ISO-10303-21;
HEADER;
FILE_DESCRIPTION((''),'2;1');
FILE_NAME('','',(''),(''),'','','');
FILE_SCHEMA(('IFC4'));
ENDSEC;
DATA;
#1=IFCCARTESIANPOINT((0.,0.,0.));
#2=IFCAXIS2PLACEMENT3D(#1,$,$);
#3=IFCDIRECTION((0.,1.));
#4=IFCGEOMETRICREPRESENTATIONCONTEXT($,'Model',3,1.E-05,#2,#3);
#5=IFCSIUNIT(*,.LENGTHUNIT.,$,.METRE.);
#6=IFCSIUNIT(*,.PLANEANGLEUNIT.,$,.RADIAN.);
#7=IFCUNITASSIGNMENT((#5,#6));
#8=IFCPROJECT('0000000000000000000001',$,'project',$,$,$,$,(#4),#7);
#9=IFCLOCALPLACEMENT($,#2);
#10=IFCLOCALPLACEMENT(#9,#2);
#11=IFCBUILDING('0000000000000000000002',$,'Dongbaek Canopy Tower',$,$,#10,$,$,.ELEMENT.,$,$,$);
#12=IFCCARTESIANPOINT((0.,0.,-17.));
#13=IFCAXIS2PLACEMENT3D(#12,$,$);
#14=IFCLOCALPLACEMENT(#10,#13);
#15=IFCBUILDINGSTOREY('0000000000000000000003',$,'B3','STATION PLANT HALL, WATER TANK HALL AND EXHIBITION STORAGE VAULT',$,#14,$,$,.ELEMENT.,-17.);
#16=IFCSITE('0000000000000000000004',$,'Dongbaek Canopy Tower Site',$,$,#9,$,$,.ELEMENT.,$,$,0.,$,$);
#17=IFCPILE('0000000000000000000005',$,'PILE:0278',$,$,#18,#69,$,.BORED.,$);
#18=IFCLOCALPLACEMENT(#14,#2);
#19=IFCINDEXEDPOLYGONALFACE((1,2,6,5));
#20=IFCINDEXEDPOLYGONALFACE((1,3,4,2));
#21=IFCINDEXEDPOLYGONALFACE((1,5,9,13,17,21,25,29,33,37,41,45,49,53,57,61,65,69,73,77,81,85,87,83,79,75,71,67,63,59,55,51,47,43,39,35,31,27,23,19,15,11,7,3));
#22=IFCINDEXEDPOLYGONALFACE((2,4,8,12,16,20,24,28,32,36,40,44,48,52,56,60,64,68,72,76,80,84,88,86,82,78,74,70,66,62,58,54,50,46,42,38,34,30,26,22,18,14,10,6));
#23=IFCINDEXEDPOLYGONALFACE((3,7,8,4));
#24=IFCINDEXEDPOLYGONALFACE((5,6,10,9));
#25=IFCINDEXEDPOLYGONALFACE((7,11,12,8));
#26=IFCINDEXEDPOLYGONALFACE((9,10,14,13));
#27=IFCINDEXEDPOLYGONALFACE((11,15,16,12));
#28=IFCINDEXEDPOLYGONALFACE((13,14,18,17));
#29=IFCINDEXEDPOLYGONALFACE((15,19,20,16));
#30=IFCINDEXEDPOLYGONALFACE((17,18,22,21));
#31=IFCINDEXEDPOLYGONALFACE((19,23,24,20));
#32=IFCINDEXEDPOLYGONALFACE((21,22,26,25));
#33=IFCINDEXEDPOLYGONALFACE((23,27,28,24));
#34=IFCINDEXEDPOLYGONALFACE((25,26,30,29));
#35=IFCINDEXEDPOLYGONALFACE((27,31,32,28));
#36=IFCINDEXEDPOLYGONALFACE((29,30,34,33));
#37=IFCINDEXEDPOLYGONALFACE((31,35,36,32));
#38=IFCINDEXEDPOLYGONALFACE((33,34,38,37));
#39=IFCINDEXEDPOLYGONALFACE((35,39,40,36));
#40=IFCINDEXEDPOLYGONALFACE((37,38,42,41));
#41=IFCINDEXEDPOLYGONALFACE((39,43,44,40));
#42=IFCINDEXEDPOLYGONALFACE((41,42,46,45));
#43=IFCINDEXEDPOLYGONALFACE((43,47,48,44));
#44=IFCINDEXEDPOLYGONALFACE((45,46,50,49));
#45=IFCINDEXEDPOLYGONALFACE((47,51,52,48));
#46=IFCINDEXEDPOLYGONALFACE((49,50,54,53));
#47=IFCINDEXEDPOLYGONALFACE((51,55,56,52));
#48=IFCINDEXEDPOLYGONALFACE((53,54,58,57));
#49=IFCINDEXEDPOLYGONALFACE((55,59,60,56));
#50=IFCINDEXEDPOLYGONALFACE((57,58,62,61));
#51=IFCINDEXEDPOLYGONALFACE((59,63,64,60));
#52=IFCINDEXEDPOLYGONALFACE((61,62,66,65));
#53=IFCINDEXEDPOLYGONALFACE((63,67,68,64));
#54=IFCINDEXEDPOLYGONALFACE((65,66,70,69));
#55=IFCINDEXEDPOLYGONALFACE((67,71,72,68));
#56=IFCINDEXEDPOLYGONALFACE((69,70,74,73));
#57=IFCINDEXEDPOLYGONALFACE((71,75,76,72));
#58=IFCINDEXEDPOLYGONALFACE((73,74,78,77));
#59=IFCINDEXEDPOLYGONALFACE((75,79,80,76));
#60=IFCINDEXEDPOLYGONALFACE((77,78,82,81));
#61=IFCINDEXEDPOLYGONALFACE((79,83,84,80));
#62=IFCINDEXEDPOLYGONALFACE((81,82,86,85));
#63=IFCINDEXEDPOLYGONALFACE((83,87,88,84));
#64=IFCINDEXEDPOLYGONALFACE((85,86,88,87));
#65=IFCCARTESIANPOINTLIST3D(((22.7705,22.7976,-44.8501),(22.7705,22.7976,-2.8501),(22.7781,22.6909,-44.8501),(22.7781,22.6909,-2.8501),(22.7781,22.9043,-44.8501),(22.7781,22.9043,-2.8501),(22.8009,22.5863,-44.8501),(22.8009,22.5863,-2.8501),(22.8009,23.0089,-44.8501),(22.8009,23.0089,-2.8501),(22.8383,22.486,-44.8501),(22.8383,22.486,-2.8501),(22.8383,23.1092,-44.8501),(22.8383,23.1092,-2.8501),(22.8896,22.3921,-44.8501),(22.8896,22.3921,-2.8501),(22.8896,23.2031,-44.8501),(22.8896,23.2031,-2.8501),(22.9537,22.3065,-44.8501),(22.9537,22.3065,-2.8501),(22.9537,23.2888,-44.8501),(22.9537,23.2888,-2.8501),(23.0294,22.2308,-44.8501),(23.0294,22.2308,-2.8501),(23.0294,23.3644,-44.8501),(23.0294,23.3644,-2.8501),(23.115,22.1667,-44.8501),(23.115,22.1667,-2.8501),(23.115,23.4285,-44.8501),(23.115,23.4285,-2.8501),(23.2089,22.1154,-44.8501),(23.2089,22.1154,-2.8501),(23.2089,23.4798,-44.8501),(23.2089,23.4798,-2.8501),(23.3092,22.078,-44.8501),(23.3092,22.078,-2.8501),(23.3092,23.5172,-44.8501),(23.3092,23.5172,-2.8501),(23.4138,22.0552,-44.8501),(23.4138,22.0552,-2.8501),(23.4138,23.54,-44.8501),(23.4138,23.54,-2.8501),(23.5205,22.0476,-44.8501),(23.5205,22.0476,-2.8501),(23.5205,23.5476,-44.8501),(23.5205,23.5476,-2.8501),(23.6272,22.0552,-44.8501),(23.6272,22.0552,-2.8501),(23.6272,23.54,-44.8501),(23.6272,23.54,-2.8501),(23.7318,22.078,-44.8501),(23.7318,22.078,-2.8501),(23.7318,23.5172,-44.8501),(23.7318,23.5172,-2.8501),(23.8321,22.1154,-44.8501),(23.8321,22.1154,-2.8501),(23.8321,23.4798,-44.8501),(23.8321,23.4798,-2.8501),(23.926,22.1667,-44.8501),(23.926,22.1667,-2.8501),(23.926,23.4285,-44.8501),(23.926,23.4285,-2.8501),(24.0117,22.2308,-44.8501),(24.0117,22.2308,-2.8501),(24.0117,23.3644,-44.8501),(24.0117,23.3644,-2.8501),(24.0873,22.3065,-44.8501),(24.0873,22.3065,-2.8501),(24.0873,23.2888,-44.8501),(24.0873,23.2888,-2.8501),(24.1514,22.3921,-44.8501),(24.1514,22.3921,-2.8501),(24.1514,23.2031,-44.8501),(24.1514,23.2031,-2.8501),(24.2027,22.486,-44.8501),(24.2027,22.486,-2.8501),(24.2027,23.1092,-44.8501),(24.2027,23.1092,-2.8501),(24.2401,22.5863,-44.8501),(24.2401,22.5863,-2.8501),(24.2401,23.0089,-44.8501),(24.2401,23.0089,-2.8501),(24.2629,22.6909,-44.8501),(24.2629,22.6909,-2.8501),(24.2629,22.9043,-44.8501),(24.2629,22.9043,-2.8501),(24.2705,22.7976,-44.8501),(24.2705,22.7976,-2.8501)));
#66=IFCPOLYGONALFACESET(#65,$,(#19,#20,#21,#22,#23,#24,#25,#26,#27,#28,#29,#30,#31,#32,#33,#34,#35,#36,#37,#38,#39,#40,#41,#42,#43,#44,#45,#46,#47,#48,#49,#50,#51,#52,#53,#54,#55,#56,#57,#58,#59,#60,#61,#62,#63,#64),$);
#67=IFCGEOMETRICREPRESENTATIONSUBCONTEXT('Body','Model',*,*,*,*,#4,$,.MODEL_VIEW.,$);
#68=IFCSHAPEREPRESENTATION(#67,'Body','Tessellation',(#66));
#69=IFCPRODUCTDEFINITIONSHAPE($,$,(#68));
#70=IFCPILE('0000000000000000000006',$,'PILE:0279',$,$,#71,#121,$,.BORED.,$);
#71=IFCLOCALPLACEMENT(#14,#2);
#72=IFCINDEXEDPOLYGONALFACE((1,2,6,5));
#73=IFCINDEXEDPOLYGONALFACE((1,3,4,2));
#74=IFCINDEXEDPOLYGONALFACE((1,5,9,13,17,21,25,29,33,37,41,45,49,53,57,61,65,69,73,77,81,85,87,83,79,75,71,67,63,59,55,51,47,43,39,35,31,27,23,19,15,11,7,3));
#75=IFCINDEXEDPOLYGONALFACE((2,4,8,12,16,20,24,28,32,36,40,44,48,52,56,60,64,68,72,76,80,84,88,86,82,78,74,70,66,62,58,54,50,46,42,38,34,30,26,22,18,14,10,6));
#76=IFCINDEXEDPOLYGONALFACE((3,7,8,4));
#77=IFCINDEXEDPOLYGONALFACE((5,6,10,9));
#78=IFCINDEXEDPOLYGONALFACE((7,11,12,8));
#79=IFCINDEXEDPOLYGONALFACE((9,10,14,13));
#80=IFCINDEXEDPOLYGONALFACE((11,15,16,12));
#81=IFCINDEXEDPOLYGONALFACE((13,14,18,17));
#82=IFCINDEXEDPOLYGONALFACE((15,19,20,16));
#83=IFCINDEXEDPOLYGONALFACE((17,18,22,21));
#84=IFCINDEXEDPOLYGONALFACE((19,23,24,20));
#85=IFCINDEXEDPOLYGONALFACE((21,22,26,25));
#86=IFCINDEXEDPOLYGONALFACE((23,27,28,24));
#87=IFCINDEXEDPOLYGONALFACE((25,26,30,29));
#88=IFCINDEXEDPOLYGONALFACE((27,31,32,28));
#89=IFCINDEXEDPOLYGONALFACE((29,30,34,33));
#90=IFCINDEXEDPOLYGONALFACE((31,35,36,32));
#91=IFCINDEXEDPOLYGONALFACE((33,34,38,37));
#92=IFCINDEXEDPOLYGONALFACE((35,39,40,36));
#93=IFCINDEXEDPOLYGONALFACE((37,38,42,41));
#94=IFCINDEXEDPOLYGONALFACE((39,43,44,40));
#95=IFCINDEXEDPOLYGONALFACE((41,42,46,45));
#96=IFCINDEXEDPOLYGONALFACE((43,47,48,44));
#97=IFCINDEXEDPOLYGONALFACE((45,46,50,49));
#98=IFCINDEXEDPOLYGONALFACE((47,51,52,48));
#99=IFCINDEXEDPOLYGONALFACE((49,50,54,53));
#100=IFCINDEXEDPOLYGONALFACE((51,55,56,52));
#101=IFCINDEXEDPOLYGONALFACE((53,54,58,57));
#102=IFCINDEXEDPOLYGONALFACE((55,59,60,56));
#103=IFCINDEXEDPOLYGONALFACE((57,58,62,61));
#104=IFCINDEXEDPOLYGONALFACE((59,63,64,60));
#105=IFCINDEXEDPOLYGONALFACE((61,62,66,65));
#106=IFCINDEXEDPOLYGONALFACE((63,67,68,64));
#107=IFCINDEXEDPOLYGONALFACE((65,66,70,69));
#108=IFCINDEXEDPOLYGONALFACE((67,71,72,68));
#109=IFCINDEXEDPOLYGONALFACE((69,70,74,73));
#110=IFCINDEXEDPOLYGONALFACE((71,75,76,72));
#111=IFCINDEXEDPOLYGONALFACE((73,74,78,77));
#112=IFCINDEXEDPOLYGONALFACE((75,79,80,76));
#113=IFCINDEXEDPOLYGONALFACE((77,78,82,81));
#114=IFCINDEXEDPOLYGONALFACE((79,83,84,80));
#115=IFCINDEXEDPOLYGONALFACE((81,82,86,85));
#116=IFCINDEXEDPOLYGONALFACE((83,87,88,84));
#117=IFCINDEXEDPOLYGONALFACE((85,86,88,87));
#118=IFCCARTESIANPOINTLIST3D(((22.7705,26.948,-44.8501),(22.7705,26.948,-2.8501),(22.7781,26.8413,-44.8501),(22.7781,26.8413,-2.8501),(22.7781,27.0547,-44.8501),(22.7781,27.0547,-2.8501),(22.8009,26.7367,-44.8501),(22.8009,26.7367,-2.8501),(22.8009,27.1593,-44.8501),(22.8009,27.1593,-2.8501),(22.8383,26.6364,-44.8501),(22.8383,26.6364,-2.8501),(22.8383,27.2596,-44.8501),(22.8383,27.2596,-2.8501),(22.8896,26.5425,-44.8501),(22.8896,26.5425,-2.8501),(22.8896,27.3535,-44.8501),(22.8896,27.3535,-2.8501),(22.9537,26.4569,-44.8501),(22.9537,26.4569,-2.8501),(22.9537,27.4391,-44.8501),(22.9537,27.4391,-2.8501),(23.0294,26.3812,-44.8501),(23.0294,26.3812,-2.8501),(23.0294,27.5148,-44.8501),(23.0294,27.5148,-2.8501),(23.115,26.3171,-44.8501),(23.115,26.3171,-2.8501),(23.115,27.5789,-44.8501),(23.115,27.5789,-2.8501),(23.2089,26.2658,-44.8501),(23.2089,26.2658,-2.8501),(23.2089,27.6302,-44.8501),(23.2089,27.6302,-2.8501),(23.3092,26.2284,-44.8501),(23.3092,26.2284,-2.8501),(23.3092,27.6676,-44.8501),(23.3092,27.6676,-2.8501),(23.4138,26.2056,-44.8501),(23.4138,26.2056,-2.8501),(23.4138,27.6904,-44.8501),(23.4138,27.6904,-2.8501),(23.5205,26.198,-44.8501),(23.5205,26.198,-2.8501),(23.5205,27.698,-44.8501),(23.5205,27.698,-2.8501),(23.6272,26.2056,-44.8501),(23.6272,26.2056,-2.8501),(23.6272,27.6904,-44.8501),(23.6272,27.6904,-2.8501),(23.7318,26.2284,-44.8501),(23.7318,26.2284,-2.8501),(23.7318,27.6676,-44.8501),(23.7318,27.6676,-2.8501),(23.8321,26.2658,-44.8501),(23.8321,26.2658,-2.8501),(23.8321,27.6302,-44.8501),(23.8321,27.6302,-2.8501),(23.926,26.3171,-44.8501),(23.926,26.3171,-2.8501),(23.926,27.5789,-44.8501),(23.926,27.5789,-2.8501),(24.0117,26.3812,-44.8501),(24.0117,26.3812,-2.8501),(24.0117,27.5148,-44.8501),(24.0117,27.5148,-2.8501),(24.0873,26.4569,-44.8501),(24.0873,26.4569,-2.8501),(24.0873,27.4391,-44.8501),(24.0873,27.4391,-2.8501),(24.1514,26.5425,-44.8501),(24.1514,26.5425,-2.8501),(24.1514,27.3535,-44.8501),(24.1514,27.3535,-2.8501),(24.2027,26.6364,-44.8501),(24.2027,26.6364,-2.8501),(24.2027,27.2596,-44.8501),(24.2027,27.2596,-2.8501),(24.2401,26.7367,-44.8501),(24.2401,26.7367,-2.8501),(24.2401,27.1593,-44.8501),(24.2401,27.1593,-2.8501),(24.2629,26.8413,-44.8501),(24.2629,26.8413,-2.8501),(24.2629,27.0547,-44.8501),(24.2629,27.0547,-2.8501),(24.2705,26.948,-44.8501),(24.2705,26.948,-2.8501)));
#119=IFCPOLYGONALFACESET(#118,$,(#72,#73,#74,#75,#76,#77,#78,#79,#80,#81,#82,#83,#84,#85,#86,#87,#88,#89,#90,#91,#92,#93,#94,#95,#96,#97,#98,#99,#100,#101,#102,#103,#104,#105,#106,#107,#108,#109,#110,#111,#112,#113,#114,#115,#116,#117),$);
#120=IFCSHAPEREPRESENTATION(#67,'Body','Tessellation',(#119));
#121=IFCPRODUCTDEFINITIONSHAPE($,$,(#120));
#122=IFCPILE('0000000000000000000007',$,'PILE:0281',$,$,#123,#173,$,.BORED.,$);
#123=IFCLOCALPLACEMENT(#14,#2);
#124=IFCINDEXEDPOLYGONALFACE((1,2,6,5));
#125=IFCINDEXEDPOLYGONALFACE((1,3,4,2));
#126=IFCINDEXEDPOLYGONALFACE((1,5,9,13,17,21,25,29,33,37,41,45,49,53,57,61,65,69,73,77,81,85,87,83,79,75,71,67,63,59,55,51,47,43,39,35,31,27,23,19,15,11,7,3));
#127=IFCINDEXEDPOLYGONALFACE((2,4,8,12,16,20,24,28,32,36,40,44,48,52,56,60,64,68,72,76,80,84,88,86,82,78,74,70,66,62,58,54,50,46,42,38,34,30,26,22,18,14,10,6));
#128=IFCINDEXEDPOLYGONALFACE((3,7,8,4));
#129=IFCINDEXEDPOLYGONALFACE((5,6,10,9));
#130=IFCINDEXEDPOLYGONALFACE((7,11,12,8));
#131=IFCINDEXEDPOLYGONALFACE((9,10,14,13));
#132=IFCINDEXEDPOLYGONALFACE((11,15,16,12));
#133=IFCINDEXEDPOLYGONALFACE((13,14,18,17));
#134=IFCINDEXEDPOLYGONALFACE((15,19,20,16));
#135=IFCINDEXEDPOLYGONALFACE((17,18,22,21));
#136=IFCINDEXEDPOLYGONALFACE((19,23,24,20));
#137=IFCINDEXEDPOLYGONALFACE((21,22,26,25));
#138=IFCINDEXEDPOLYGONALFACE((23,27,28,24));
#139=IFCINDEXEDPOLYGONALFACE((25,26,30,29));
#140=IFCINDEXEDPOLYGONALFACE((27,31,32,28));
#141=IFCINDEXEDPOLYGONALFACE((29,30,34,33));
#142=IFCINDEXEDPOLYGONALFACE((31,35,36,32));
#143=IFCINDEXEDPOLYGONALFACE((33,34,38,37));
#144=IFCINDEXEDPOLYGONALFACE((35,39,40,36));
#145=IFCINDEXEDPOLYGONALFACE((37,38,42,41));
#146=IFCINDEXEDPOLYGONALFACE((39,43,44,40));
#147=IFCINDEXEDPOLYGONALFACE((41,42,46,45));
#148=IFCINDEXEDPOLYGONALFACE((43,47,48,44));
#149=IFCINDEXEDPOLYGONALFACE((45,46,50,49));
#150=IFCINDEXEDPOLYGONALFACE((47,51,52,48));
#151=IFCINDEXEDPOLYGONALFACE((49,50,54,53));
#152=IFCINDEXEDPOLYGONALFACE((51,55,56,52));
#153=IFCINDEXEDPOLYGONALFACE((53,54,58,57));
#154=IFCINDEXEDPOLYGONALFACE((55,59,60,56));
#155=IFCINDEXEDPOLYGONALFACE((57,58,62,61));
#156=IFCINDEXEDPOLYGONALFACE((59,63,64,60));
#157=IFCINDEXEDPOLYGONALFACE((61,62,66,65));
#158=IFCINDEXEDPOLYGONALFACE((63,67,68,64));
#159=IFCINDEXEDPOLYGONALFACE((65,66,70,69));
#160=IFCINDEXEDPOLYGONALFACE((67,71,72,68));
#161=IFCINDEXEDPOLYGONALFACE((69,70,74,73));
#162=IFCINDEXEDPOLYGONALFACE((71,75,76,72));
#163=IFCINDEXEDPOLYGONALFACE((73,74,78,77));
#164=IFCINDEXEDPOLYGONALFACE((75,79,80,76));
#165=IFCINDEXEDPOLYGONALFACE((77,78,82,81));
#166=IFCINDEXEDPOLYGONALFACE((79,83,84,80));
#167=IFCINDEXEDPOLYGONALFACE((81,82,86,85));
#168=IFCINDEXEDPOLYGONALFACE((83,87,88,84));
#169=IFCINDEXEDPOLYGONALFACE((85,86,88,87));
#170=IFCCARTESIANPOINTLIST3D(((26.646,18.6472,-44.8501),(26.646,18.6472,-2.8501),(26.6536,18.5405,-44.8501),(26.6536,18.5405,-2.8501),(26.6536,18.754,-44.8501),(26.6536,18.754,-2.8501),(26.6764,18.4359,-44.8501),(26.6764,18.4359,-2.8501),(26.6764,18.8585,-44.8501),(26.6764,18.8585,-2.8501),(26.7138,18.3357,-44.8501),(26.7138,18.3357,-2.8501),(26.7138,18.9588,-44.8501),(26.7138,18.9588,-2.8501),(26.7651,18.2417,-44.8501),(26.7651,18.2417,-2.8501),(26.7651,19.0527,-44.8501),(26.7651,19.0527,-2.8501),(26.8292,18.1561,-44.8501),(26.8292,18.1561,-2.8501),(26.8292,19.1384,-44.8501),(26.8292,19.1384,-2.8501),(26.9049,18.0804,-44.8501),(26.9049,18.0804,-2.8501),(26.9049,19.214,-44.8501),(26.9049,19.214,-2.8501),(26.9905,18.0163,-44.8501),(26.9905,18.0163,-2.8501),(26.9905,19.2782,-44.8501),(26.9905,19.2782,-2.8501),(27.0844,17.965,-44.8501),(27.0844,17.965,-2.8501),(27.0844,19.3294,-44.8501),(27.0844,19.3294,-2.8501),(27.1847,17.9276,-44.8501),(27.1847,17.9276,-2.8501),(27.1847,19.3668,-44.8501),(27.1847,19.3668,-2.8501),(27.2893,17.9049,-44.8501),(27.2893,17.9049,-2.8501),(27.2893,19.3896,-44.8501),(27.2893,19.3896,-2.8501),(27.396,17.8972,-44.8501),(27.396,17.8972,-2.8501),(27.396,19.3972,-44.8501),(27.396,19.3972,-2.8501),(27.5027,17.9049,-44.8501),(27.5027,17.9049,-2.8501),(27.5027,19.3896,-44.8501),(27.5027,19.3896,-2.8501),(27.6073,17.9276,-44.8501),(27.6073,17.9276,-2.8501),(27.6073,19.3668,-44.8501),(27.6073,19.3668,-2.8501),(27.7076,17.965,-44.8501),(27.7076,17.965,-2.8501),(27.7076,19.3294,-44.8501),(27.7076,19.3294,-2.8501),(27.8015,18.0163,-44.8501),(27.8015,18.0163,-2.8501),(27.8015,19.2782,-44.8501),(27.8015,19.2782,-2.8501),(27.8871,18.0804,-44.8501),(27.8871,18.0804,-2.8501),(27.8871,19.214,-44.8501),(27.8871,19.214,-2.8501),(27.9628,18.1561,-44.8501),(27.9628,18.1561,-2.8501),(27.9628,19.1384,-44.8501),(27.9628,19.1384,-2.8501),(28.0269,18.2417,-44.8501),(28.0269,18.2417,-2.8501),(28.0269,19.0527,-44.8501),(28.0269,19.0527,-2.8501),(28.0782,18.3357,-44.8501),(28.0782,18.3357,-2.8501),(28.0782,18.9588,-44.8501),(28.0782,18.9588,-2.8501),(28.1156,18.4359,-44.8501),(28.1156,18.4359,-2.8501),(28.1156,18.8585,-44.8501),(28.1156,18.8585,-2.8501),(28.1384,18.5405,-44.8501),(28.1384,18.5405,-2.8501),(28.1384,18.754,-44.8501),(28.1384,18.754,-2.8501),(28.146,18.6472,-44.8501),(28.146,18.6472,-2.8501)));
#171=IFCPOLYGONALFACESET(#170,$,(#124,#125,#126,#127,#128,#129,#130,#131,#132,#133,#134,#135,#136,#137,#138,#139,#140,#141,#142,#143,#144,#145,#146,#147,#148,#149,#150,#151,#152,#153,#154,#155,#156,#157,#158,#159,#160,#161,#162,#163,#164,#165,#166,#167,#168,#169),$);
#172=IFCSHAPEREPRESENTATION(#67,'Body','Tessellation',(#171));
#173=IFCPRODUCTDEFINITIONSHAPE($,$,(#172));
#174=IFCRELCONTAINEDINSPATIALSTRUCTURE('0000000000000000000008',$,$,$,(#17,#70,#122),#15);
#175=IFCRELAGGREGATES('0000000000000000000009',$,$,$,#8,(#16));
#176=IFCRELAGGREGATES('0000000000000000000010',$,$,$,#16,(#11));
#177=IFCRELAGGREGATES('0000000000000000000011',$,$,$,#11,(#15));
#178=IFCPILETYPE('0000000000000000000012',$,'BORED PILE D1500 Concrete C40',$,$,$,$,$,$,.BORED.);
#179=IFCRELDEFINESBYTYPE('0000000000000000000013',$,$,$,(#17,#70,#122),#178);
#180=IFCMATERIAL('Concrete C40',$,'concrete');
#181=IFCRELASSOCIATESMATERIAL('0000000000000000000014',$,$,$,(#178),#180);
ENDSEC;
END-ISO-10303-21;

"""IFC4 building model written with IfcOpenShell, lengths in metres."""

from ifc_helpers import new_model, si_unit, direction, frame, origin, origin_2d, place, context, subcontext, project, spatial, circle, extrude, material, material_profile, profile_set, type_object, element, save


model = new_model("IFC4")

# Units and contexts
model_context = context("Model", 3, precision=1e-05, world=origin(), true_north=direction((0.0, 1.0)))
body_context = subcontext(model_context, "Body", "Model", "MODEL_VIEW")
ifc_project = project(units=[si_unit("LENGTHUNIT", "METRE"), si_unit("PLANEANGLEUNIT", "RADIAN")], contexts=[model_context])

# Site, building, storey
site_placement = place(None, origin())
site = spatial("IfcSite", under=ifc_project, at=site_placement, Name="Dongbaek Canopy Tower Site", CompositionType="ELEMENT", RefElevation=0.0)
building_placement = place(site_placement, origin())
building = spatial("IfcBuilding", under=site, at=building_placement, Name="Dongbaek Canopy Tower", CompositionType="ELEMENT")
storey_placement = place(building_placement, frame((0.0, 0.0, -17.0)))
storey = spatial("IfcBuildingStorey", under=building, at=storey_placement, Name="B3", Description="STATION PLANT HALL, WATER TANK HALL AND EXHIBITION STORAGE VAULT", CompositionType="ELEMENT", Elevation=-17.0)

# Piles
ifc_material_1 = material(Name="Concrete C40", Category="concrete")
ifc_material_profile_1 = material_profile(ifc_material_1, circle(Radius=0.75, at=origin_2d()), Name="BORED PILE D1500 Concrete C40")
ifc_profile_set_1 = profile_set([ifc_material_profile_1], Name="Concrete C40")
pile_type = type_object("IfcPileType", Name="BORED PILE D1500 Concrete C40", PredefinedType="BORED", material=ifc_profile_set_1)
for number, where, z_axis, x_axis, name in (
    (1, (23.5205, 22.7976, -2.8501), (0.0, 0.0, -1.0), (1.0, 0.0, 0.0), "PILE:0278"),
    (2, (23.5205, 26.948, -2.8501), (0.0, 0.0, -1.0), (1.0, 0.0, 0.0), "PILE:0279"),
    (3, (27.396, 18.6472, -2.8501), (0.0, 0.0, -1.0), (1.0, 0.0, 0.0), "PILE:0281"),
):
    element("IfcPile", number, at=place(storey_placement, frame(where, z_axis=z_axis, x_axis=x_axis)), inside=storey, type_object=pile_type, Name=name, PredefinedType="BORED", context=body_context, shape_type="SweptSolid", body=[
        extrude(circle(Radius=0.75, at=origin_2d()), origin(), (0.0, 0.0, 1.0), 42.0),
    ])

save(model, "model.ifc")
